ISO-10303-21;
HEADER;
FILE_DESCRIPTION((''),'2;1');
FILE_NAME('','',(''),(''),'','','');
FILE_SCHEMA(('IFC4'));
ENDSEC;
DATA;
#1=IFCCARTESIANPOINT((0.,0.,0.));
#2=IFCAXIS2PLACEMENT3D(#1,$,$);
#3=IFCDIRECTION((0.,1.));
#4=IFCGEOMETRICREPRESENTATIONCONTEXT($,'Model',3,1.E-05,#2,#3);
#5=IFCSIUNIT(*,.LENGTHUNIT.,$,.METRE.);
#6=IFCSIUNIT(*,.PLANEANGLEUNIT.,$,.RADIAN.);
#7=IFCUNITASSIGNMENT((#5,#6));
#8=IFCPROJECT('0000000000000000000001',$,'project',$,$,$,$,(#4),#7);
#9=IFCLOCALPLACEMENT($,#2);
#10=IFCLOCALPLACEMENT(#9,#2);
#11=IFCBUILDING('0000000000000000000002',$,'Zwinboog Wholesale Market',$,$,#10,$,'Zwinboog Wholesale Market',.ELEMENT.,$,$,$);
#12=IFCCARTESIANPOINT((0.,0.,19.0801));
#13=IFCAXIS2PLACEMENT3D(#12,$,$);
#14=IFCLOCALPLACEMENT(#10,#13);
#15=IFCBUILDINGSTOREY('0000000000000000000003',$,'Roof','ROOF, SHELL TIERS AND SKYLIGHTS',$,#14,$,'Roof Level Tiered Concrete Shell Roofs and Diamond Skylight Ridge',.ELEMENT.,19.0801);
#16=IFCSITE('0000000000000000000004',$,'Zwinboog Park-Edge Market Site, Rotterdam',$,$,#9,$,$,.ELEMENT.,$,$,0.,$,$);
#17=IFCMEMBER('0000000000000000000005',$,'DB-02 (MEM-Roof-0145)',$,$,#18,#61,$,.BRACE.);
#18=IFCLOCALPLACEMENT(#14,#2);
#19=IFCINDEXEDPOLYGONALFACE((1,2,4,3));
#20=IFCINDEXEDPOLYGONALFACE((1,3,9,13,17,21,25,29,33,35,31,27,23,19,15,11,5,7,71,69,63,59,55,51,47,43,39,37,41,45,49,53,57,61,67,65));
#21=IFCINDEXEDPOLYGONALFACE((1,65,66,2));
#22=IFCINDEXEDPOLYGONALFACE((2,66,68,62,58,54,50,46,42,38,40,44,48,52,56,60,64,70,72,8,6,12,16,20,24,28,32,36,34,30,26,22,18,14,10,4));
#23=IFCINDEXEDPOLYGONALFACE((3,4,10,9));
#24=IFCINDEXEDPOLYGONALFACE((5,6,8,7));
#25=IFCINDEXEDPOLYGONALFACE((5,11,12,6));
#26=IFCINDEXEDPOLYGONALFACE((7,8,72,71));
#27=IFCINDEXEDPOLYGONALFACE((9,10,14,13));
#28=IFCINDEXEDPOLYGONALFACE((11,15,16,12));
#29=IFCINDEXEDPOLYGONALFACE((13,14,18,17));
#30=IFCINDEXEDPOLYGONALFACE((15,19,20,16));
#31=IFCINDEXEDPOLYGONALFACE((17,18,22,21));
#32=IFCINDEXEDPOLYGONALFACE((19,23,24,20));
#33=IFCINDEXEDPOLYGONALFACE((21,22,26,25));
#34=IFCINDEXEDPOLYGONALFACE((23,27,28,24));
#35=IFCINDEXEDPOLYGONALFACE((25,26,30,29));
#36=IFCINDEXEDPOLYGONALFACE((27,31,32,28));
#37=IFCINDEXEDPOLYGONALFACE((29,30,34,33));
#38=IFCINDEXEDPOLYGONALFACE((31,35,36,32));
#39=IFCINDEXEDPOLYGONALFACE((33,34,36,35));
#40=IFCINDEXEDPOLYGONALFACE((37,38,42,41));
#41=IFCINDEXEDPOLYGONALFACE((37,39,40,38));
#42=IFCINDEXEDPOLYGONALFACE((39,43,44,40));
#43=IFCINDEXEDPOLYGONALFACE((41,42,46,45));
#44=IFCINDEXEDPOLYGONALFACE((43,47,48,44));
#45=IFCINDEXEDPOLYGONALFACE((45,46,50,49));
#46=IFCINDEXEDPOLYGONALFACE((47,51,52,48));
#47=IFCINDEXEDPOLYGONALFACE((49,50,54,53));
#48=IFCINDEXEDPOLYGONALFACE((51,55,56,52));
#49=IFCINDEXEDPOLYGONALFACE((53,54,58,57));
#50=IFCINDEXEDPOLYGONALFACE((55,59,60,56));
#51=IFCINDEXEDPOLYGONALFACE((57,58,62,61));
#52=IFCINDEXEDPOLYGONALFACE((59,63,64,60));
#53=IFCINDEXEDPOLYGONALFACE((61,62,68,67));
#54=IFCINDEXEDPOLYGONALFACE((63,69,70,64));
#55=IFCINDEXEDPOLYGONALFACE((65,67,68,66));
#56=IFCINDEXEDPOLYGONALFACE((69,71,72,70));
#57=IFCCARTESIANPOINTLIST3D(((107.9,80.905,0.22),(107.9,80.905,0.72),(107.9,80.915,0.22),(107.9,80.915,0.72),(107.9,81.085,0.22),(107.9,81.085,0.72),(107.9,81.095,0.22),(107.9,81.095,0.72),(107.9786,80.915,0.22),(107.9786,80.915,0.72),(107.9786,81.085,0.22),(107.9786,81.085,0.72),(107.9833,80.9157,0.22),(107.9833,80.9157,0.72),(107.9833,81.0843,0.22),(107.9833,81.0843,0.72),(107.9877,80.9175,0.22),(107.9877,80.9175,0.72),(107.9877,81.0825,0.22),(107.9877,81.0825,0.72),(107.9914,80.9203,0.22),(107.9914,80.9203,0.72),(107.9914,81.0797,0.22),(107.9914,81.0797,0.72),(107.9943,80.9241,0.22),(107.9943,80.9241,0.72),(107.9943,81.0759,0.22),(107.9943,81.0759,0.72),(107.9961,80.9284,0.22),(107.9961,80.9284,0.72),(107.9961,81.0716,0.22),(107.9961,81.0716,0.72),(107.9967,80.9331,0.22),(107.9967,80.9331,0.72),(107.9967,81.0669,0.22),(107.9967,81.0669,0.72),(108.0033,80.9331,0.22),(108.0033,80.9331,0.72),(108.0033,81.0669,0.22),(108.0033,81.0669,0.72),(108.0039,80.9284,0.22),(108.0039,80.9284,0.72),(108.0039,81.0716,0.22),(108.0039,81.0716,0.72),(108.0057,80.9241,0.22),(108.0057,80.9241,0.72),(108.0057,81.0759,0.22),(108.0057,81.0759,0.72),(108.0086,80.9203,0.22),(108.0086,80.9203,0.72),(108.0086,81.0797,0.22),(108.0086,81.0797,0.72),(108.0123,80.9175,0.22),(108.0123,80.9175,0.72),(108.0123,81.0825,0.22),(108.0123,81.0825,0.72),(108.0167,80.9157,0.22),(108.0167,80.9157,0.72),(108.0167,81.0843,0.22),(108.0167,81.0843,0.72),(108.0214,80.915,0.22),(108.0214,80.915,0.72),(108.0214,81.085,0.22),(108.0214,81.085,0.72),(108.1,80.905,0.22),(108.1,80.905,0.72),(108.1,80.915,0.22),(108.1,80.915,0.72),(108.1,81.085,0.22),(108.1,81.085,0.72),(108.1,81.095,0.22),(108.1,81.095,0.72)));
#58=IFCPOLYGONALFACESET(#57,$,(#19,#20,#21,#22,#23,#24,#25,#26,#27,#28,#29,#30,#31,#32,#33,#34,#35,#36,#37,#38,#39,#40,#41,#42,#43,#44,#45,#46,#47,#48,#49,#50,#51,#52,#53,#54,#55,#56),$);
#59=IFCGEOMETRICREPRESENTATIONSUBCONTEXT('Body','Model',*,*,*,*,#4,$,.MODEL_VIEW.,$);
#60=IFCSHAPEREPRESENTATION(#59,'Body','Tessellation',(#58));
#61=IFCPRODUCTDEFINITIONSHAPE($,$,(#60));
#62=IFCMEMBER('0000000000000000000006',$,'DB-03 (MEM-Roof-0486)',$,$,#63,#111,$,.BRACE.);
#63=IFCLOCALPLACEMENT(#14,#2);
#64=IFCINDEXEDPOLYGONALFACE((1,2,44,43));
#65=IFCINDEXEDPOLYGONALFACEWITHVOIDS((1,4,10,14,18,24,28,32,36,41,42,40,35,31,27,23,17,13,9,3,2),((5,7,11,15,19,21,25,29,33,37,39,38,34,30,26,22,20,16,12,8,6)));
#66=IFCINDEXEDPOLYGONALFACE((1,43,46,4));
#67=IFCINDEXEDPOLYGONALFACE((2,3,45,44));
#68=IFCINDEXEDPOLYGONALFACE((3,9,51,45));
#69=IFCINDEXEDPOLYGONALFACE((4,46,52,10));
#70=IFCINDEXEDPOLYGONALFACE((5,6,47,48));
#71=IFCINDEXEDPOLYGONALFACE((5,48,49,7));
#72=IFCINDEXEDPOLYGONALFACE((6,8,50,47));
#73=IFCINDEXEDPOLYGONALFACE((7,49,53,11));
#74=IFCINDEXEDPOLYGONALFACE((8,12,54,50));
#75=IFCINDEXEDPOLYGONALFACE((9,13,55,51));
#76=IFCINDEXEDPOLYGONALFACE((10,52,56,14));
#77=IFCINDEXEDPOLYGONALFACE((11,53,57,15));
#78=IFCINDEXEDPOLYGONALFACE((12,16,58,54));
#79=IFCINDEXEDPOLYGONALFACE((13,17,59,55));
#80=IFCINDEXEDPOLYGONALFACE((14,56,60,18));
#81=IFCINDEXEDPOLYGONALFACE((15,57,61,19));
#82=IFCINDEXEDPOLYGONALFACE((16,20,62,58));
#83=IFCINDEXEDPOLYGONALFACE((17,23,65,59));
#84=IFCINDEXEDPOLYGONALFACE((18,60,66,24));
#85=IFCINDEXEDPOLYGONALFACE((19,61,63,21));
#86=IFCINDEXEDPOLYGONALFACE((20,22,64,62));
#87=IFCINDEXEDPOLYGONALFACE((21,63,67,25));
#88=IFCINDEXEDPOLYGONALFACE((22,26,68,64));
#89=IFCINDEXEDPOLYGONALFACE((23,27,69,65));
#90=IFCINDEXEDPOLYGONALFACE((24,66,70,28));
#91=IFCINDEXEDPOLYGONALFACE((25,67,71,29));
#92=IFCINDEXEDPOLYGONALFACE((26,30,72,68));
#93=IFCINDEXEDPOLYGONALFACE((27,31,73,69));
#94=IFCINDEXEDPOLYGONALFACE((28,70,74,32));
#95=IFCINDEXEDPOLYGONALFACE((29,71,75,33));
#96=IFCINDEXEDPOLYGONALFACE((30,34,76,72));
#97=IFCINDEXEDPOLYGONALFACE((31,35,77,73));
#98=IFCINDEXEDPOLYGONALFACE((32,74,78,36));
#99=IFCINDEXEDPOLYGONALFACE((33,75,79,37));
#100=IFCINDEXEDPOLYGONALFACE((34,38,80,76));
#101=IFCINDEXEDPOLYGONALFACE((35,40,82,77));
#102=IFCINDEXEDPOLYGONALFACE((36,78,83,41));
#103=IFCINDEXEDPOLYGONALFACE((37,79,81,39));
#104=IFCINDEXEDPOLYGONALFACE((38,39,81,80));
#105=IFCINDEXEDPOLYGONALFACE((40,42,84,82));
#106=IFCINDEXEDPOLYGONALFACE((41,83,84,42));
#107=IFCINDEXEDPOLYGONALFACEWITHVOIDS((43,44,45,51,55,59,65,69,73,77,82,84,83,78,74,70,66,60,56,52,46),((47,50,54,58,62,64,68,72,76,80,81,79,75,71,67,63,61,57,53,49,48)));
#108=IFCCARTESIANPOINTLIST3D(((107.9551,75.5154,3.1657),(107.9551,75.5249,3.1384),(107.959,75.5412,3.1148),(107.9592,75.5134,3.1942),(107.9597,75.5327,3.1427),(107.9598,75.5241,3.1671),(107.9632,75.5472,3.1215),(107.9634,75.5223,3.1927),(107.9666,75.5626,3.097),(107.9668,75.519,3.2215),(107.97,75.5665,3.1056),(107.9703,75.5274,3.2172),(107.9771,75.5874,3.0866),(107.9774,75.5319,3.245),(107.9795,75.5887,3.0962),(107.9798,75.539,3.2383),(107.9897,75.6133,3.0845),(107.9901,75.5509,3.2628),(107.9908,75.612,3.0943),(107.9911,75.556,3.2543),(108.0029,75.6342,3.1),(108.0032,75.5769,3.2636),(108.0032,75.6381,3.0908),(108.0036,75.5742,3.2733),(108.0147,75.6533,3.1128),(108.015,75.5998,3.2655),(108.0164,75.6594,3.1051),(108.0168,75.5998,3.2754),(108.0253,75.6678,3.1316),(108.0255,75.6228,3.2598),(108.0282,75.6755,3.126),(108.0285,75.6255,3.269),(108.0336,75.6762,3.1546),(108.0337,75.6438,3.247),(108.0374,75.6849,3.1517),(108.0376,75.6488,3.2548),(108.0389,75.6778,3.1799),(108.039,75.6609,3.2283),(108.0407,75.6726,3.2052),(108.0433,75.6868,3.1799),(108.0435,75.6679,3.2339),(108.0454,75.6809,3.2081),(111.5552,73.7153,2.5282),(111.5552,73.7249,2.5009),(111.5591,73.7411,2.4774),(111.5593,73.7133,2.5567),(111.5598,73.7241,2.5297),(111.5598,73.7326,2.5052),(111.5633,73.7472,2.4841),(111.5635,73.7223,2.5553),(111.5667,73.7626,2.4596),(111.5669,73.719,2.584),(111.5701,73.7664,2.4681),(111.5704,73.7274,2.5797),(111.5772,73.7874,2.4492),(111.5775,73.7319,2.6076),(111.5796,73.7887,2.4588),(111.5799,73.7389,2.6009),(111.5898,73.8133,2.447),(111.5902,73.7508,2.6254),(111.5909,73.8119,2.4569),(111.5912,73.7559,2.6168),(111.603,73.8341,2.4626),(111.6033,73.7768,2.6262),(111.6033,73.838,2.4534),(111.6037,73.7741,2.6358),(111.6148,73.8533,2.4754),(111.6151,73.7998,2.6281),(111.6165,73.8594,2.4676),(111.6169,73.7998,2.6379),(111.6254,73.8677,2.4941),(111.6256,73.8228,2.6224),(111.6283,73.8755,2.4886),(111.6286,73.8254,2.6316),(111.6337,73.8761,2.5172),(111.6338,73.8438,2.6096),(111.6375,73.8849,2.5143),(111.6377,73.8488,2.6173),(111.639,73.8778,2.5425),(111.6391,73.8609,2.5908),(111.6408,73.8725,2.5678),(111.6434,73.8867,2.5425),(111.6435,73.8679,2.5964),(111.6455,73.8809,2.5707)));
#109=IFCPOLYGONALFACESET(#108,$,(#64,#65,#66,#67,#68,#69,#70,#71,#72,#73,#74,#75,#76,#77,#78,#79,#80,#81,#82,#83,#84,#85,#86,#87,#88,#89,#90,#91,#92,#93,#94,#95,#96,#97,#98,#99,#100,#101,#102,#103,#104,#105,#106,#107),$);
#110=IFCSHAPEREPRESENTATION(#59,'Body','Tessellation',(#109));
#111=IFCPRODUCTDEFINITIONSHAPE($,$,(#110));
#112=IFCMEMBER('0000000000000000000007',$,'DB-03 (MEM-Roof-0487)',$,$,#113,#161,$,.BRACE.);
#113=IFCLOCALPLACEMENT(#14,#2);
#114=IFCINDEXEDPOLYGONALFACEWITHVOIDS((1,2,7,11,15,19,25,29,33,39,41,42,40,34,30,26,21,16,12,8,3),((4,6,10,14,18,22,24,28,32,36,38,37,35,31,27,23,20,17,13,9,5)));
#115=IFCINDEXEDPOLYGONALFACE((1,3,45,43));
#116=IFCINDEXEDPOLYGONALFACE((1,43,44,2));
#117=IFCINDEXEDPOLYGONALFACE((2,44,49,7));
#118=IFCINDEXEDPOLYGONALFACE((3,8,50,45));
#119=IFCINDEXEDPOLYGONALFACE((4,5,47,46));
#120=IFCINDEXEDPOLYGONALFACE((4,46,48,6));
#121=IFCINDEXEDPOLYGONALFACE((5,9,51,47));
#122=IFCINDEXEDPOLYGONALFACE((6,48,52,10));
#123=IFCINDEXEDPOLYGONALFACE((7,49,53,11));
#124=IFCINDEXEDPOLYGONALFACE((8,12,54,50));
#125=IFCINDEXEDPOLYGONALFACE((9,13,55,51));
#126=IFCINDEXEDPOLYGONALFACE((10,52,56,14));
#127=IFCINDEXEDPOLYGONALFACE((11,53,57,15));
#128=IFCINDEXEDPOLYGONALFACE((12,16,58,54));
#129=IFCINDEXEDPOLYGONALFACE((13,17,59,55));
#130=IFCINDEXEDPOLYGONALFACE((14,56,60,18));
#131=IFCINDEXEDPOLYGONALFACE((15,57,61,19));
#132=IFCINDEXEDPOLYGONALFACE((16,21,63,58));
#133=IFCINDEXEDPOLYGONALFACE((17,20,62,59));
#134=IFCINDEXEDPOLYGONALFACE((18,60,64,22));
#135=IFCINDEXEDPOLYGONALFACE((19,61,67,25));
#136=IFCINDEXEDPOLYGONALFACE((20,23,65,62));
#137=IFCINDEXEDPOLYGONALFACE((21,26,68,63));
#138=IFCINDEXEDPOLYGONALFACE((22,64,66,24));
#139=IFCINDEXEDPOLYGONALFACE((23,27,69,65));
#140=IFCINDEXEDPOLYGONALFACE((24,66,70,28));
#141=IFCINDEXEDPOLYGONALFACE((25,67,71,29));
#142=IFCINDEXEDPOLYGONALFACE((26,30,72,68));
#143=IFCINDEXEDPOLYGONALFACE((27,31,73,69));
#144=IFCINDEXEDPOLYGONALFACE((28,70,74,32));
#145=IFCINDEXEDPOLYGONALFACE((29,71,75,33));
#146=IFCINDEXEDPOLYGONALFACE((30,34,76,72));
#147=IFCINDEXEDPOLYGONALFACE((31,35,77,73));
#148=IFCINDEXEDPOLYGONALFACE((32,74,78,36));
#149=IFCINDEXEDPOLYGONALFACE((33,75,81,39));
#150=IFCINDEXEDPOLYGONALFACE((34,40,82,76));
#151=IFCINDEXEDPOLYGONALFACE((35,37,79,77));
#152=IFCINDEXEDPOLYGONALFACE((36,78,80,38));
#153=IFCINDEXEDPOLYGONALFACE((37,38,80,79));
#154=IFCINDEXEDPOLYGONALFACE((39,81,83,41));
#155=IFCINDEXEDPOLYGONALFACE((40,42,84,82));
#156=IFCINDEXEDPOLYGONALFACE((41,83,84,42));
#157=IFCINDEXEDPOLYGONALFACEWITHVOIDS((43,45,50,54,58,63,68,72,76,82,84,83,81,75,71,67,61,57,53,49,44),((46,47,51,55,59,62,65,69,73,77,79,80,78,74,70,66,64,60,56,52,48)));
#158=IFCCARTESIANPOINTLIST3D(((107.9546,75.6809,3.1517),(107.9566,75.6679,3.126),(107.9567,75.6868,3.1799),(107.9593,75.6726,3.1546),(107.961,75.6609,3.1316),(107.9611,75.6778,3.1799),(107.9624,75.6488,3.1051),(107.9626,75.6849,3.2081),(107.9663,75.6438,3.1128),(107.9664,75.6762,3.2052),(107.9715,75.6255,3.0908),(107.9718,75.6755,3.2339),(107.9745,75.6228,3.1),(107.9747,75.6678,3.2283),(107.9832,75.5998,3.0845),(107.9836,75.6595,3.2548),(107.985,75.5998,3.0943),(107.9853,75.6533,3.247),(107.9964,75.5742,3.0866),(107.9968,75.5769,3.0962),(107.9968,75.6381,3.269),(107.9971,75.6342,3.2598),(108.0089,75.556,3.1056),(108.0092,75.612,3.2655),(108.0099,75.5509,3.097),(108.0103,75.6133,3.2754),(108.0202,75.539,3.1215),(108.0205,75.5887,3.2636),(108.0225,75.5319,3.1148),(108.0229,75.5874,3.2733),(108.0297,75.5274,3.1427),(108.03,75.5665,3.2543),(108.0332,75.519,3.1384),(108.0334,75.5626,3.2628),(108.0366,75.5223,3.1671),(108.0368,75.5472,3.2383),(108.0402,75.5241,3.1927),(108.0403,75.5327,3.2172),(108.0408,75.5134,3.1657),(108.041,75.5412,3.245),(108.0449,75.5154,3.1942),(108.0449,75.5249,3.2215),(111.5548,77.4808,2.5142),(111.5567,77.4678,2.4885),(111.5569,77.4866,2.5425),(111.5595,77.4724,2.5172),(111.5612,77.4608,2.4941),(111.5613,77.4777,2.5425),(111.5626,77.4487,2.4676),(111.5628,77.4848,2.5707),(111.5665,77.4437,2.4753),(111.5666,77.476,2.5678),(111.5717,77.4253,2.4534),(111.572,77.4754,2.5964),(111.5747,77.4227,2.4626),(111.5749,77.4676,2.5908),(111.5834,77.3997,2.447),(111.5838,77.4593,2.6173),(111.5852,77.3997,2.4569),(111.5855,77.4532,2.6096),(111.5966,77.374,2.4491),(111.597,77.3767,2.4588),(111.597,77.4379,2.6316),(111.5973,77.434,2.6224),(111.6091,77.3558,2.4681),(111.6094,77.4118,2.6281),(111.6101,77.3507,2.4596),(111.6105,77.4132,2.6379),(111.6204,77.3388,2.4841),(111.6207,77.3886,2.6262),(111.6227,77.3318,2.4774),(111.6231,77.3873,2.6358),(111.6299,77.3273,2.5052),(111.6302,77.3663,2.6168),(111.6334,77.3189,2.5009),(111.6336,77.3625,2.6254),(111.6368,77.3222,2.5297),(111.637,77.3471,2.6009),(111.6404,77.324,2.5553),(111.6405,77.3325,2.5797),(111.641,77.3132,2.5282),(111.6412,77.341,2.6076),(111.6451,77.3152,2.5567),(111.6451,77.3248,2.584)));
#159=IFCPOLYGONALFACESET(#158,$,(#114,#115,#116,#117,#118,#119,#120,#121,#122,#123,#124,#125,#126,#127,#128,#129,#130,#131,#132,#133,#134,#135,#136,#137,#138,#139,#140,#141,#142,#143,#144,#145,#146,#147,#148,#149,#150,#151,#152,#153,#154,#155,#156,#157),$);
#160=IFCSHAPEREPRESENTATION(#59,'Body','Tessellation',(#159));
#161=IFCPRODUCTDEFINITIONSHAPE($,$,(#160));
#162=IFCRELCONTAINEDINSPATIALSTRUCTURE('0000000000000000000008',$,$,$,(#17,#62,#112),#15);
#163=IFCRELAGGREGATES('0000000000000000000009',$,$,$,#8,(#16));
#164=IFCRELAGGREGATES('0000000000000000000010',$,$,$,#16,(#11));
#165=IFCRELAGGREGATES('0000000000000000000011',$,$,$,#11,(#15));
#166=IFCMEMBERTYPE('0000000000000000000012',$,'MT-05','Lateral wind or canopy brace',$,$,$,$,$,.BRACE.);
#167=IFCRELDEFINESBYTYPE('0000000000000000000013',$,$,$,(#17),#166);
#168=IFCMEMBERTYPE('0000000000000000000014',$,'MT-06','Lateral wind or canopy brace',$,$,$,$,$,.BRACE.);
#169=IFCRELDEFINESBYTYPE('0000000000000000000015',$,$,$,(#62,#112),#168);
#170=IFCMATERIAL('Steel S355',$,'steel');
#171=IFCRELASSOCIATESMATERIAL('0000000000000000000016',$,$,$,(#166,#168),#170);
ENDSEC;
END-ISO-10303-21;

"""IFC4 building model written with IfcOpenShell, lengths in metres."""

from ifc_helpers import new_model, si_unit, direction, frame, origin, origin_2d, place, context, subcontext, project, spatial, hollow_circle, i_section, extrude, material, material_profile, profile_set, type_object, element, save


model = new_model("IFC4")

# Units and contexts
model_context = context("Model", 3, precision=1e-05, world=origin(), true_north=direction((0.0, 1.0)))
body_context = subcontext(model_context, "Body", "Model", "MODEL_VIEW")
ifc_project = project(units=[si_unit("LENGTHUNIT", "METRE"), si_unit("PLANEANGLEUNIT", "RADIAN")], contexts=[model_context])

# Site, building, storey
site_placement = place(None, origin())
site = spatial("IfcSite", under=ifc_project, at=site_placement, Name="Zwinboog Park-Edge Market Site, Rotterdam", CompositionType="ELEMENT", RefElevation=0.0)
building_placement = place(site_placement, origin())
building = spatial("IfcBuilding", under=site, at=building_placement, Name="Zwinboog Wholesale Market", LongName="Zwinboog Wholesale Market", CompositionType="ELEMENT")
storey_placement = place(building_placement, frame((0.0, 0.0, 19.0801)))
storey = spatial("IfcBuildingStorey", under=building, at=storey_placement, Name="Roof", Description="ROOF, SHELL TIERS AND SKYLIGHTS", LongName="Roof Level Tiered Concrete Shell Roofs and Diamond Skylight Ridge", CompositionType="ELEMENT", Elevation=19.0801)

# Members
ifc_material_1 = material(Name="Steel S355", Category="steel")
ifc_material_profile_1 = material_profile(ifc_material_1, i_section(OverallWidth=0.2, OverallDepth=0.1899, WebThickness=0.0066, FlangeThickness=0.01, FilletRadius=0.0181, at=origin_2d()), Name="HEA 200")
ifc_profile_set_1 = profile_set([ifc_material_profile_1], Name="Steel S355")
member_type_1 = type_object("IfcMemberType", Name="MT-05", Description="Lateral wind or canopy brace", PredefinedType="BRACE", material=ifc_profile_set_1)
member_1_placement = place(storey_placement, frame((108.0, 81.0, 0.22), z_axis=(0.0, 0.0, 1.0), x_axis=(1.0, 0.0, 0.0)))
element("IfcMember", 1, at=member_1_placement, inside=storey, type_object=member_type_1, Name="DB-02 (MEM-Roof-0145)", PredefinedType="BRACE", context=body_context, shape_type="SweptSolid", body=[
    extrude(i_section(OverallWidth=0.2, OverallDepth=0.1899, WebThickness=0.0066, FlangeThickness=0.01, FilletRadius=0.0181, at=origin_2d()), origin(), (0.0, 0.0, 1.0), 0.5),
])
ifc_material_profile_2 = material_profile(ifc_material_1, hollow_circle(Radius=0.0969, WallThickness=0.01, at=origin_2d()), Name="CHS 193.7x10")
ifc_profile_set_2 = profile_set([ifc_material_profile_2], Name="Steel S355")
member_type_2 = type_object("IfcMemberType", Name="MT-06", Description="Lateral wind or canopy brace", PredefinedType="BRACE", material=ifc_profile_set_2)
for number, where, z_axis, x_axis, name in (
    (2, (108.0, 75.6001, 3.1799), (0.883417, -0.441709, -0.156422), (0.447214, 0.894427, 0.0), "DB-03 (MEM-Roof-0486)"),
    (3, (108.0, 75.6001, 3.1799), (0.88344, 0.44166, -0.156426), (-0.447165, 0.894451, 0.0), "DB-03 (MEM-Roof-0487)"),
):
    element("IfcMember", number, at=place(storey_placement, frame(where, z_axis=z_axis, x_axis=x_axis)), inside=storey, type_object=member_type_2, Name=name, PredefinedType="BRACE", context=body_context, shape_type="SweptSolid", body=[
        extrude(hollow_circle(Radius=0.0969, WallThickness=0.01, at=origin_2d()), origin(), (0.0, 0.0, 1.0), 4.0752),
    ])

save(model, "model.ifc")
